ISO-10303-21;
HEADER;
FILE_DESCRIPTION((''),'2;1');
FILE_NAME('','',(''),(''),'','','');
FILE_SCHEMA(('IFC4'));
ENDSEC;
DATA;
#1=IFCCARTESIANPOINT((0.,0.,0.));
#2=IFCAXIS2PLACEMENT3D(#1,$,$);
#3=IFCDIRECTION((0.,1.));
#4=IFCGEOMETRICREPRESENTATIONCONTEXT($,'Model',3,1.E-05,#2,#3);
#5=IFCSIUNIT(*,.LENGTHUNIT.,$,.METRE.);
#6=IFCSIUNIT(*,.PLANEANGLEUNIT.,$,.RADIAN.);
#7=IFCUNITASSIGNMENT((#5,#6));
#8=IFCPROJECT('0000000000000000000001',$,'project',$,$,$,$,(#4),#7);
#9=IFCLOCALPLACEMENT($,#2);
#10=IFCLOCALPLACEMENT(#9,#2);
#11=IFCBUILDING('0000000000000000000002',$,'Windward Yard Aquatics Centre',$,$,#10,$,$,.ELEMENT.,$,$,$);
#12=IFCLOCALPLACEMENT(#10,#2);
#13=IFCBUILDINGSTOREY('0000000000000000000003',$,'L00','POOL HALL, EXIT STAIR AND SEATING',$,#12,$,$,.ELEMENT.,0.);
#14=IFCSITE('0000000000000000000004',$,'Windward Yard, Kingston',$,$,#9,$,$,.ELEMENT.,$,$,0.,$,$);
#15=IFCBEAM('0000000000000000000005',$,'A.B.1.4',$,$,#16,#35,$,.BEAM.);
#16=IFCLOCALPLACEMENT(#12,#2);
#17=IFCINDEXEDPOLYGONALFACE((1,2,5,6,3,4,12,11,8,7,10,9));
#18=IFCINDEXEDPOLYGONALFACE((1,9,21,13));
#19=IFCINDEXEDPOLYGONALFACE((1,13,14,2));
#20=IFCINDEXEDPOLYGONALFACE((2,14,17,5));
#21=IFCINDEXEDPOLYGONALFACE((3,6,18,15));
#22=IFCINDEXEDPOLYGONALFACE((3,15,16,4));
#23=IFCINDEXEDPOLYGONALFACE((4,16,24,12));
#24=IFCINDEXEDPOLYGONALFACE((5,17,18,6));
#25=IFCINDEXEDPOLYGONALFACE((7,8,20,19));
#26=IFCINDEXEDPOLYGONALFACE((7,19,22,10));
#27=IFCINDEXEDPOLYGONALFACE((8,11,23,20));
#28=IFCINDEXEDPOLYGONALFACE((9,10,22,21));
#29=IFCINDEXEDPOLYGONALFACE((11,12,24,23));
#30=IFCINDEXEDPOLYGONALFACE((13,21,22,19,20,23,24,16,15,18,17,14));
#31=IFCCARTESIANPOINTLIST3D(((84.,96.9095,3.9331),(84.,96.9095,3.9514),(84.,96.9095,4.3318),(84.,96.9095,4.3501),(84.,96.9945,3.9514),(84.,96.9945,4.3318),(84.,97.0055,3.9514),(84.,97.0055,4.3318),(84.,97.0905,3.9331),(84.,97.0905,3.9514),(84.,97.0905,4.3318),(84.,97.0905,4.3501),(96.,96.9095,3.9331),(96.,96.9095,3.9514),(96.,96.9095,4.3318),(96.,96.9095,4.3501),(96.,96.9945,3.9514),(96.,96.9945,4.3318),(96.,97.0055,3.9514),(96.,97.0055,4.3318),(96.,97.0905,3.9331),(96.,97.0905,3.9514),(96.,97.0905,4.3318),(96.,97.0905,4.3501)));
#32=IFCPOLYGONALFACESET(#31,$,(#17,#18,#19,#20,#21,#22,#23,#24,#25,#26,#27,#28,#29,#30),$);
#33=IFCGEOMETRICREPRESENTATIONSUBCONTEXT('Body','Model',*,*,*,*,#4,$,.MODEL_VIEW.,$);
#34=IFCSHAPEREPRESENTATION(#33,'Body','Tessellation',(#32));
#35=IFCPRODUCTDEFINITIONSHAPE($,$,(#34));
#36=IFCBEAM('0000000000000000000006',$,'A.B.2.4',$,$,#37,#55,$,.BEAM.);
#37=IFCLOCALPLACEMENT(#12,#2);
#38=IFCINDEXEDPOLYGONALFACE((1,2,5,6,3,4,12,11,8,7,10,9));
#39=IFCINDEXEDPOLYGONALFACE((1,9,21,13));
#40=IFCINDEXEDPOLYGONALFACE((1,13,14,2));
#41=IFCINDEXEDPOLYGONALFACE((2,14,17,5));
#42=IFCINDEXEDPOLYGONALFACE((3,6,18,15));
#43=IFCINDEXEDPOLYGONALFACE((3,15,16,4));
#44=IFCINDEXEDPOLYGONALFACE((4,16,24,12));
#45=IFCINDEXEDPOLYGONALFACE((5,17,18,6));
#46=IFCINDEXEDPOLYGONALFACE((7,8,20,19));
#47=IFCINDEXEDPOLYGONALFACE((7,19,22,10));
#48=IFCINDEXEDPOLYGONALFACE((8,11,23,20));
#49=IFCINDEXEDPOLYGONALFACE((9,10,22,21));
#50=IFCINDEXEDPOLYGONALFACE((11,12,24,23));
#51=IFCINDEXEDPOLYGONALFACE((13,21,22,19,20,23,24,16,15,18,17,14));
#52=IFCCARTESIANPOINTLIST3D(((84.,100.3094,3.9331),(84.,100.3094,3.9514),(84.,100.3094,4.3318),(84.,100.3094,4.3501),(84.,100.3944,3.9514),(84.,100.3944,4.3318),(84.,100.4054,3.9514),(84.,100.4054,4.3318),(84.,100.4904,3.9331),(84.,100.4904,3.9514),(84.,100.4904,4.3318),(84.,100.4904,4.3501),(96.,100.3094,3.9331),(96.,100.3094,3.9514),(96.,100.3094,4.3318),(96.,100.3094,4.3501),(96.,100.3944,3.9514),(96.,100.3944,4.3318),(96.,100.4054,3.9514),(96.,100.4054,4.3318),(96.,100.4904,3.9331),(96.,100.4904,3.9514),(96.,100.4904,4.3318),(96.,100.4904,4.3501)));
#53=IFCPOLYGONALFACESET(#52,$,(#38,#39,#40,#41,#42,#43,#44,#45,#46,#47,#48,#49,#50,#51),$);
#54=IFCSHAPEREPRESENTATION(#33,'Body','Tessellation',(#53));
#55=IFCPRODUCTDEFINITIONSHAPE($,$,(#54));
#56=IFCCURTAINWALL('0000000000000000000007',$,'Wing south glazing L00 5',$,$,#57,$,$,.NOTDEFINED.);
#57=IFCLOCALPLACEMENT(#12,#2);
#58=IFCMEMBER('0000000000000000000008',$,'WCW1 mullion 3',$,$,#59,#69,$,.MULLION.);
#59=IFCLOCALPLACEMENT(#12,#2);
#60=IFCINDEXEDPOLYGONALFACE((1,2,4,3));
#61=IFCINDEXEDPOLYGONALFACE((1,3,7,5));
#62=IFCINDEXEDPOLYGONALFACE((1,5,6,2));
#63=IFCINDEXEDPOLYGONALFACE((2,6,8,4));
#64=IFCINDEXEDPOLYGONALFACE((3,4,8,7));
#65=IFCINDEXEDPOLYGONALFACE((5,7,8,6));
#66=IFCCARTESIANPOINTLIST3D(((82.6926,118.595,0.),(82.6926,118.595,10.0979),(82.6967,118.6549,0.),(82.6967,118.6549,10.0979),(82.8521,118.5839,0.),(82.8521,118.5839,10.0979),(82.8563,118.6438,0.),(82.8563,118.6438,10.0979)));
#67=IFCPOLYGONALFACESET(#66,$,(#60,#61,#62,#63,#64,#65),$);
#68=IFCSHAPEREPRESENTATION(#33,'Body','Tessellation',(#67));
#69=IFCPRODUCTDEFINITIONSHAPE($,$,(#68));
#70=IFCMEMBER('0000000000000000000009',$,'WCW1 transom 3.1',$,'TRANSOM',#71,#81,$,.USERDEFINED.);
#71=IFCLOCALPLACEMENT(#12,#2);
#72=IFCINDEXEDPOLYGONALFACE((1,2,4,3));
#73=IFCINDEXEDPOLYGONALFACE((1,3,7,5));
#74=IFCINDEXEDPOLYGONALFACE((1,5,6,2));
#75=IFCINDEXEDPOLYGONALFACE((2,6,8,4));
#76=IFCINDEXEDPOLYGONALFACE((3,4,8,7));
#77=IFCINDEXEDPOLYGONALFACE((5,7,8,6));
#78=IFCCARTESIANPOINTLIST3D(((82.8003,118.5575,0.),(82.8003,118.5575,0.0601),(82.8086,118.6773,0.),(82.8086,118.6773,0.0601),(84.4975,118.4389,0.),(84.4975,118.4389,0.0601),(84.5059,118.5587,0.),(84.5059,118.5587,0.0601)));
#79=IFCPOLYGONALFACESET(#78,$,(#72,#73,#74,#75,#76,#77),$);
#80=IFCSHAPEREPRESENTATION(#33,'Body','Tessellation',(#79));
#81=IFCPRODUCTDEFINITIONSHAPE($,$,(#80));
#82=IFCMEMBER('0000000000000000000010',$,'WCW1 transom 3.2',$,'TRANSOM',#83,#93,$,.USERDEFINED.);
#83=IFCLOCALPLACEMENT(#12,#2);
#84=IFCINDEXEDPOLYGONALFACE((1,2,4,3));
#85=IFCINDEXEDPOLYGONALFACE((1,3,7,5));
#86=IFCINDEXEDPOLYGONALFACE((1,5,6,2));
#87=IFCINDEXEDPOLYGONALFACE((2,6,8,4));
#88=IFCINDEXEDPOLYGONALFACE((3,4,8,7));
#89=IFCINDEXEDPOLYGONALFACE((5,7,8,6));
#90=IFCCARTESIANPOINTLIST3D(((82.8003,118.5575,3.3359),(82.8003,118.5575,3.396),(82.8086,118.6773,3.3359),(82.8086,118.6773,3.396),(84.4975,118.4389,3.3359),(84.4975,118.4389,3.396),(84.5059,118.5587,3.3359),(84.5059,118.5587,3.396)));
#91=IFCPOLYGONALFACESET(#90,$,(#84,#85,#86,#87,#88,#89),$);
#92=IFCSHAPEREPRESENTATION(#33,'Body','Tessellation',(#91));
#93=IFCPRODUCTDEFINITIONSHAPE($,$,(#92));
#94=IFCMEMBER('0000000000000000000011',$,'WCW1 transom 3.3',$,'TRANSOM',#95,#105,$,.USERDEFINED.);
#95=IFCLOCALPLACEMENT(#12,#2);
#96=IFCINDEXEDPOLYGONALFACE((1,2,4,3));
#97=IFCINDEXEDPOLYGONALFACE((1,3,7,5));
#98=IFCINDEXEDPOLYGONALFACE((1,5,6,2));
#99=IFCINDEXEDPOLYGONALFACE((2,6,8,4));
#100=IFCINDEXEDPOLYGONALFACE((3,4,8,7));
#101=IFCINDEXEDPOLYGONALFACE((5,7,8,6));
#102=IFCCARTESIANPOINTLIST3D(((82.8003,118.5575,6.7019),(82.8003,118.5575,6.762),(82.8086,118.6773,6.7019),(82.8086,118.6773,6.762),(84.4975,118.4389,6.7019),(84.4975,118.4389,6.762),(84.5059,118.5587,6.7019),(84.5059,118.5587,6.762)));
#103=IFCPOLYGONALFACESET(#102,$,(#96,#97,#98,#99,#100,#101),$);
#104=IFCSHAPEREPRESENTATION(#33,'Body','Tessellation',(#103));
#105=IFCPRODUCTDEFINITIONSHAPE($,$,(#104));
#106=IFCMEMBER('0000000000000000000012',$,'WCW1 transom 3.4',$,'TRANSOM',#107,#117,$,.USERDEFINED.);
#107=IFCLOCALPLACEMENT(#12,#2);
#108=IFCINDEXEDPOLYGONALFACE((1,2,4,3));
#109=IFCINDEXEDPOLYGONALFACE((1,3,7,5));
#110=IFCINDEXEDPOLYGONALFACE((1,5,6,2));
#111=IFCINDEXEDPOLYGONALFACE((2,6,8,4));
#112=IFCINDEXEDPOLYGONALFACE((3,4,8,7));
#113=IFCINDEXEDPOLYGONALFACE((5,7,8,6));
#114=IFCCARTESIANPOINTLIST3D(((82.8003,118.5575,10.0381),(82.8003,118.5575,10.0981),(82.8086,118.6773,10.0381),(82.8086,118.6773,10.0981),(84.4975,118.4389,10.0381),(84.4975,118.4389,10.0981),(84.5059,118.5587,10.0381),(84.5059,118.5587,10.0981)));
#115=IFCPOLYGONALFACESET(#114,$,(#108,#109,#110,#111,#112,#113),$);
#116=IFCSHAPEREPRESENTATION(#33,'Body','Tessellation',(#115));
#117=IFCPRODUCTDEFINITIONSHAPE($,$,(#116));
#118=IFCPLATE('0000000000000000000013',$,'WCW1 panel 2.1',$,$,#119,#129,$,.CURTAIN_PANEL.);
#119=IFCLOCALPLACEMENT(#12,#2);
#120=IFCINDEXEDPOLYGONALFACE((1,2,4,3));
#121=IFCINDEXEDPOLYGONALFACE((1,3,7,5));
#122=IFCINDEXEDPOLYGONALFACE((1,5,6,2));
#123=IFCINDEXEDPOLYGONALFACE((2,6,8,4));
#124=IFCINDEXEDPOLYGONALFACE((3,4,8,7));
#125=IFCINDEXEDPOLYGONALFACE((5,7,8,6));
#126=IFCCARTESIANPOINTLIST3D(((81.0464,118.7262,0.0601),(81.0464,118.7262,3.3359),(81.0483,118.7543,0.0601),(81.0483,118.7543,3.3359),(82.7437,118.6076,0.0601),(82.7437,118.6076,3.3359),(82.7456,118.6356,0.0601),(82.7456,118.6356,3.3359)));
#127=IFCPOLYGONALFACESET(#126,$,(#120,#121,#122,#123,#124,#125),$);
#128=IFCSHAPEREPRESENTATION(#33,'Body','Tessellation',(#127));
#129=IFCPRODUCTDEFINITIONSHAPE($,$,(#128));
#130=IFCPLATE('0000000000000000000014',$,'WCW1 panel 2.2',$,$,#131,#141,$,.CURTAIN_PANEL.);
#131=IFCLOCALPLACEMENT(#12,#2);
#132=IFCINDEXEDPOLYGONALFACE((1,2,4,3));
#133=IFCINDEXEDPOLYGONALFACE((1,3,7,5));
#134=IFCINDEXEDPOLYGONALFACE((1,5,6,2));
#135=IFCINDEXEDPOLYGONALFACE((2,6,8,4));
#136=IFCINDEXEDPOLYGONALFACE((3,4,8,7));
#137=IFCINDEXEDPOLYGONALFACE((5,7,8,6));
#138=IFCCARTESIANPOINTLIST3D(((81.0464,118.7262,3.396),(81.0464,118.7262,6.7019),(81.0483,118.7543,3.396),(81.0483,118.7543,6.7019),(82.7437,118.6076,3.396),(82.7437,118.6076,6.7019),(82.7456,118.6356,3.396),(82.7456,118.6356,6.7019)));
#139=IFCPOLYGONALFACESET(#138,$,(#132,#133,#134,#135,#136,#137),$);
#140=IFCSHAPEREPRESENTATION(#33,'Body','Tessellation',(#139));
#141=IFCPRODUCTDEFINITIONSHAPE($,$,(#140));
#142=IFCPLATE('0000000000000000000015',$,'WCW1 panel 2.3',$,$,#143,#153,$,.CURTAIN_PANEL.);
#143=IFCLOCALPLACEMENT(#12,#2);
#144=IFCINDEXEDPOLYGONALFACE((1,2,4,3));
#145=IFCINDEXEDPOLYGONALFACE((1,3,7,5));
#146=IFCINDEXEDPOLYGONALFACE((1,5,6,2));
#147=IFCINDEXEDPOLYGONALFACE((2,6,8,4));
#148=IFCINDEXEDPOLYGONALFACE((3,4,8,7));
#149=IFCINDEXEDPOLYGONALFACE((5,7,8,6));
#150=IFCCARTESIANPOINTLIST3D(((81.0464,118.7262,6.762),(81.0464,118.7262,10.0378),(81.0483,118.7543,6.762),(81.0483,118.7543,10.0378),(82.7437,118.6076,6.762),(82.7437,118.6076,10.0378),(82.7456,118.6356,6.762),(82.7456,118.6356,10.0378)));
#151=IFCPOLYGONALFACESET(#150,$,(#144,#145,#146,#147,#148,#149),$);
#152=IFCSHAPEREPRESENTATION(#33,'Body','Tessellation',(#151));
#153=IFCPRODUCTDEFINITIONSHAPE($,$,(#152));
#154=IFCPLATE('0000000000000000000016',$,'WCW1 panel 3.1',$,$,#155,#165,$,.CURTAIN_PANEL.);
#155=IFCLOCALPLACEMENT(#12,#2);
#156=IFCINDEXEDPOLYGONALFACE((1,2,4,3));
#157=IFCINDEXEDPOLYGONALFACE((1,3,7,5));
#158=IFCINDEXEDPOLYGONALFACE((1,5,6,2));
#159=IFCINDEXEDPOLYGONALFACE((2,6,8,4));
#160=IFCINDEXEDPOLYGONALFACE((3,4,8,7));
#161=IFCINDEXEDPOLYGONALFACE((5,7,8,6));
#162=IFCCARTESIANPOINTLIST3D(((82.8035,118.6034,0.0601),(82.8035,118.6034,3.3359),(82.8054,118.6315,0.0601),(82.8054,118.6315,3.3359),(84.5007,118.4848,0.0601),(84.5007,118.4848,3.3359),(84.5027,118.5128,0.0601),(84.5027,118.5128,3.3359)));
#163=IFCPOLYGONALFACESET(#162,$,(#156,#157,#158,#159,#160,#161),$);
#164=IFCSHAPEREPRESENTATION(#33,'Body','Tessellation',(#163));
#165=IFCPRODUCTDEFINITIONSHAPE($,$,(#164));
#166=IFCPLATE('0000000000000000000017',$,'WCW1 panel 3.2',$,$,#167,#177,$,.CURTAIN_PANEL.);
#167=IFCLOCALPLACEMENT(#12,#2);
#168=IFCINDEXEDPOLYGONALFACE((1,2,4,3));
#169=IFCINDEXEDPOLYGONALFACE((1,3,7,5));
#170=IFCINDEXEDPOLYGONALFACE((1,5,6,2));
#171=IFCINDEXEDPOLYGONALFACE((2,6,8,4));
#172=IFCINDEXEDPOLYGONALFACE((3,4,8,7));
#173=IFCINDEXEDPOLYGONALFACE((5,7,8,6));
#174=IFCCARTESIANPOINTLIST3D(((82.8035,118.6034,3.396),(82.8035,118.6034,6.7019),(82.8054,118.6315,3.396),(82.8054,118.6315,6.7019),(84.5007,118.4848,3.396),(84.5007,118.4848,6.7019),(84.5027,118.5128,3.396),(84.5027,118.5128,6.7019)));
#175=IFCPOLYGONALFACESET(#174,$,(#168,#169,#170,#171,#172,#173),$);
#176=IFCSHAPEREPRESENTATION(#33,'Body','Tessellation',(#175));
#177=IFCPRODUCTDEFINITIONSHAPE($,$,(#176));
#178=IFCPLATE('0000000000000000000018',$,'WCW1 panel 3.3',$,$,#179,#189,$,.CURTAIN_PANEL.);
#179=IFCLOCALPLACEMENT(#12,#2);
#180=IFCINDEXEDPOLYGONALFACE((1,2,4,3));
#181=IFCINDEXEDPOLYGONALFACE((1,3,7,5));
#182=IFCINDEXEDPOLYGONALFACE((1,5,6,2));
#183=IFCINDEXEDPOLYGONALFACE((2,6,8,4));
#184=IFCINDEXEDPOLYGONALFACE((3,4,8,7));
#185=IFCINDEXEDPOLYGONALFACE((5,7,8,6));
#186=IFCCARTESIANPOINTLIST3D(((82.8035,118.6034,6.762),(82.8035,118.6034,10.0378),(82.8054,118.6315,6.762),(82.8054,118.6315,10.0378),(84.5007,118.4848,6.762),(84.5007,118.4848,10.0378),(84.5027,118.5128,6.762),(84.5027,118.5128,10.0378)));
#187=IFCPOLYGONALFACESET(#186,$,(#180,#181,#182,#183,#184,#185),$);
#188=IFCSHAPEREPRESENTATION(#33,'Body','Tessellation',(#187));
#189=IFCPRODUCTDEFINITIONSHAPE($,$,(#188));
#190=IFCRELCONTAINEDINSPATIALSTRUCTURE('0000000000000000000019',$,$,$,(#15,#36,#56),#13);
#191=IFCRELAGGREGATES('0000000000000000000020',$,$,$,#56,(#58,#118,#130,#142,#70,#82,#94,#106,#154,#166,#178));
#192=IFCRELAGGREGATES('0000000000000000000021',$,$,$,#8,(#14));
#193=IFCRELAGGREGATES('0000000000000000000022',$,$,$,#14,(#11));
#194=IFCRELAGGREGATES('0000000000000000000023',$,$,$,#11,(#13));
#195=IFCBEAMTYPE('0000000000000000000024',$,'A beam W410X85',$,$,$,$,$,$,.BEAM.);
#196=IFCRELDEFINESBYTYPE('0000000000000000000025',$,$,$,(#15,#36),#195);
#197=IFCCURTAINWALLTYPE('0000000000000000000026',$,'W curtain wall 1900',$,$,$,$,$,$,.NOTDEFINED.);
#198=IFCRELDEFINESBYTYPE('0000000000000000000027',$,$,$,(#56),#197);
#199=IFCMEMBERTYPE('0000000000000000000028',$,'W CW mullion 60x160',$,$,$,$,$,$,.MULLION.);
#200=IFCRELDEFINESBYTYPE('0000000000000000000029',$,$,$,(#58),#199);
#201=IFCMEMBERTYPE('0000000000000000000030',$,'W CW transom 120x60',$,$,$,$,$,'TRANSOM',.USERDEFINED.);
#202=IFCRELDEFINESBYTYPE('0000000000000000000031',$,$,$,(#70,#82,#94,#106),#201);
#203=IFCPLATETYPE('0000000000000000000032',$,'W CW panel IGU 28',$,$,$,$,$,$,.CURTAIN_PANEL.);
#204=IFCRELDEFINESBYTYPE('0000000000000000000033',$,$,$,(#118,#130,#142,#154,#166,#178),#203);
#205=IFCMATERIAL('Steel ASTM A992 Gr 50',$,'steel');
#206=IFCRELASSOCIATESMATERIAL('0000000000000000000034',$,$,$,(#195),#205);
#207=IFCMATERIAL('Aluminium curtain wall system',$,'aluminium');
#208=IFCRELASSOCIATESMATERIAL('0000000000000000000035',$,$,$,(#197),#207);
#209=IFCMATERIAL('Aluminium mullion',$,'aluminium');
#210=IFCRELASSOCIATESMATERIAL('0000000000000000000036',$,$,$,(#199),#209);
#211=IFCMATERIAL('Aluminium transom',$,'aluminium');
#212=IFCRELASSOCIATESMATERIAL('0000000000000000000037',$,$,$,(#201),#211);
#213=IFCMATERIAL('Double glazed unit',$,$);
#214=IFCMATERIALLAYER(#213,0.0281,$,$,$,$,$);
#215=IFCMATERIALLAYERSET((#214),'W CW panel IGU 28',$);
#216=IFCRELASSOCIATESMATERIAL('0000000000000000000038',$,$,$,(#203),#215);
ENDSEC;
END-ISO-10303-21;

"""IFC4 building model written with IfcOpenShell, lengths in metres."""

from ifc_helpers import new_model, si_unit, direction, frame, origin, origin_2d, place, context, subcontext, project, spatial, rectangle, i_section, extrude, material, layer, layer_set, material_profile, profile_set, type_object, element, aggregate, save


model = new_model("IFC4")

# Units and contexts
model_context = context("Model", 3, precision=1e-05, world=origin(), true_north=direction((0.0, 1.0)))
body_context = subcontext(model_context, "Body", "Model", "MODEL_VIEW")
ifc_project = project(units=[si_unit("LENGTHUNIT", "METRE"), si_unit("PLANEANGLEUNIT", "RADIAN")], contexts=[model_context])

# Site, building, storey
site_placement = place(None, origin())
site = spatial("IfcSite", under=ifc_project, at=site_placement, Name="Windward Yard, Kingston", CompositionType="ELEMENT", RefElevation=0.0)
building_placement = place(site_placement, origin())
building = spatial("IfcBuilding", under=site, at=building_placement, Name="Windward Yard Aquatics Centre", CompositionType="ELEMENT")
storey_placement = place(building_placement, origin())
storey = spatial("IfcBuildingStorey", under=building, at=storey_placement, Name="L00", Description="POOL HALL, EXIT STAIR AND SEATING", CompositionType="ELEMENT", Elevation=0.0)

# Beams
ifc_material_1 = material(Name="Steel ASTM A992 Gr 50", Category="steel")
ifc_material_profile_1 = material_profile(ifc_material_1, i_section(OverallWidth=0.1809, OverallDepth=0.417, WebThickness=0.011, FlangeThickness=0.0183, at=origin_2d()), Name="W410X85")
ifc_profile_set_1 = profile_set([ifc_material_profile_1], Name="Steel ASTM A992 Gr 50")
beam_type = type_object("IfcBeamType", Name="A beam W410X85", PredefinedType="BEAM", material=ifc_profile_set_1)
for number, where, z_axis, x_axis, name in (
    (1, (84.0, 97.0, 4.1416), (1.0, 0.0, 0.0), (0.0, 1.0, 0.0), "A.B.1.4"),
    (2, (84.0, 100.3999, 4.1416), (1.0, 0.0, 0.0), (0.0, 1.0, 0.0), "A.B.2.4"),
):
    element("IfcBeam", number, at=place(storey_placement, frame(where, z_axis=z_axis, x_axis=x_axis)), inside=storey, type_object=beam_type, Name=name, PredefinedType="BEAM", context=body_context, shape_type="SweptSolid", body=[
        extrude(i_section(OverallWidth=0.1809, OverallDepth=0.417, WebThickness=0.011, FlangeThickness=0.0183, at=origin_2d()), origin(), (0.0, 0.0, 1.0), 12.0),
    ])

# Curtain wall, members, plates
ifc_material_2 = material(Name="Aluminium curtain wall system", Category="aluminium")
curtain_wall_type = type_object("IfcCurtainWallType", Name="W curtain wall 1900", PredefinedType="NOTDEFINED", material=ifc_material_2)
curtain_wall_placement = place(storey_placement, origin())
curtain_wall = element("IfcCurtainWall", 3, at=curtain_wall_placement, inside=storey, type_object=curtain_wall_type, Name="Wing south glazing L00 5", PredefinedType="NOTDEFINED")
ifc_material_3 = material(Name="Aluminium mullion", Category="aluminium")
ifc_material_profile_2 = material_profile(ifc_material_3, rectangle(XDim=0.0601, YDim=0.1599, at=origin_2d()), Name="AL 60x160")
ifc_profile_set_2 = profile_set([ifc_material_profile_2], Name="Aluminium mullion")
member_type_1 = type_object("IfcMemberType", Name="W CW mullion 60x160", PredefinedType="MULLION", material=ifc_profile_set_2)
member_1_placement = place(storey_placement, frame((82.7744, 118.6194, 0.0), z_axis=(0.0, 0.0, 1.0), x_axis=(0.069756, 0.997564, 0.0)))
member_1 = element("IfcMember", 4, at=member_1_placement, type_object=member_type_1, Name="WCW1 mullion 3", PredefinedType="MULLION", context=body_context, shape_type="SweptSolid", body=[
    extrude(rectangle(XDim=0.0601, YDim=0.1599, at=origin_2d()), origin(), (0.0, 0.0, 1.0), 10.0979),
])
ifc_material_4 = material(Name="Aluminium transom", Category="aluminium")
ifc_material_profile_3 = material_profile(ifc_material_4, rectangle(XDim=0.1201, YDim=0.0601, at=origin_2d()), Name="AL 120x60")
ifc_profile_set_3 = profile_set([ifc_material_profile_3], Name="Aluminium transom")
member_type_2 = type_object("IfcMemberType", Name="W CW transom 120x60", ElementType="TRANSOM", PredefinedType="USERDEFINED", material=ifc_profile_set_3)
member_2_placement = place(storey_placement, frame((82.8044, 118.6174, 0.03), z_axis=(0.997565, -0.069738, 0.0), x_axis=(0.069738, 0.997565, 0.0)))
member_2 = element("IfcMember", 5, at=member_2_placement, type_object=member_type_2, Name="WCW1 transom 3.1", ObjectType="TRANSOM", PredefinedType="USERDEFINED", context=body_context, shape_type="SweptSolid", body=[
    extrude(rectangle(XDim=0.1201, YDim=0.0601, at=origin_2d()), origin(), (0.0, 0.0, 1.0), 1.7014),
])
member_3_placement = place(storey_placement, frame((82.8044, 118.6174, 3.366), z_axis=(0.997565, -0.069738, 0.0), x_axis=(0.069738, 0.997565, 0.0)))
member_3 = element("IfcMember", 6, at=member_3_placement, type_object=member_type_2, Name="WCW1 transom 3.2", ObjectType="TRANSOM", PredefinedType="USERDEFINED", context=body_context, shape_type="SweptSolid", body=[
    extrude(rectangle(XDim=0.1201, YDim=0.0601, at=origin_2d()), origin(), (0.0, 0.0, 1.0), 1.7014),
])
member_4_placement = place(storey_placement, frame((82.8044, 118.6174, 6.7319), z_axis=(0.997565, -0.069738, 0.0), x_axis=(0.069738, 0.997565, 0.0)))
member_4 = element("IfcMember", 7, at=member_4_placement, type_object=member_type_2, Name="WCW1 transom 3.3", ObjectType="TRANSOM", PredefinedType="USERDEFINED", context=body_context, shape_type="SweptSolid", body=[
    extrude(rectangle(XDim=0.1201, YDim=0.0601, at=origin_2d()), origin(), (0.0, 0.0, 1.0), 1.7014),
])
member_5_placement = place(storey_placement, frame((82.8044, 118.6174, 10.0681), z_axis=(0.997565, -0.069738, 0.0), x_axis=(0.069738, 0.997565, 0.0)))
member_5 = element("IfcMember", 8, at=member_5_placement, type_object=member_type_2, Name="WCW1 transom 3.4", ObjectType="TRANSOM", PredefinedType="USERDEFINED", context=body_context, shape_type="SweptSolid", body=[
    extrude(rectangle(XDim=0.1201, YDim=0.0601, at=origin_2d()), origin(), (0.0, 0.0, 1.0), 1.7014),
])
ifc_material_5 = material(Name="Double glazed unit")
ifc_layer_1 = layer(ifc_material_5, 0.0281)
ifc_layer_set_1 = layer_set([ifc_layer_1], Name="W CW panel IGU 28")
plate_type = type_object("IfcPlateType", Name="W CW panel IGU 28", PredefinedType="CURTAIN_PANEL", material=ifc_layer_set_1)
plate_1_placement = place(storey_placement, frame((81.896, 118.6809, 0.0601), z_axis=(0.0, 0.0, 1.0), x_axis=(0.997564, -0.069756, 0.0)))
plate_1 = element("IfcPlate", 9, at=plate_1_placement, type_object=plate_type, Name="WCW1 panel 2.1", PredefinedType="CURTAIN_PANEL", context=body_context, shape_type="SweptSolid", body=[
    extrude(rectangle(XDim=1.7014, YDim=0.0281, at=origin_2d()), origin(), (0.0, 0.0, 1.0), 3.2759),
])
plate_2_placement = place(storey_placement, frame((81.896, 118.6809, 3.396), z_axis=(0.0, 0.0, 1.0), x_axis=(0.997564, -0.069756, 0.0)))
plate_2 = element("IfcPlate", 10, at=plate_2_placement, type_object=plate_type, Name="WCW1 panel 2.2", PredefinedType="CURTAIN_PANEL", context=body_context, shape_type="SweptSolid", body=[
    extrude(rectangle(XDim=1.7014, YDim=0.0281, at=origin_2d()), origin(), (0.0, 0.0, 1.0), 3.3059),
])
plate_3_placement = place(storey_placement, frame((81.896, 118.6809, 6.762), z_axis=(0.0, 0.0, 1.0), x_axis=(0.997564, -0.069756, 0.0)))
plate_3 = element("IfcPlate", 11, at=plate_3_placement, type_object=plate_type, Name="WCW1 panel 2.3", PredefinedType="CURTAIN_PANEL", context=body_context, shape_type="SweptSolid", body=[
    extrude(rectangle(XDim=1.7014, YDim=0.0281, at=origin_2d()), origin(), (0.0, 0.0, 1.0), 3.2759),
])
plate_4_placement = place(storey_placement, frame((83.6531, 118.5581, 0.0601), z_axis=(0.0, 0.0, 1.0), x_axis=(0.997564, -0.069756, 0.0)))
plate_4 = element("IfcPlate", 12, at=plate_4_placement, type_object=plate_type, Name="WCW1 panel 3.1", PredefinedType="CURTAIN_PANEL", context=body_context, shape_type="SweptSolid", body=[
    extrude(rectangle(XDim=1.7014, YDim=0.0281, at=origin_2d()), origin(), (0.0, 0.0, 1.0), 3.2759),
])
plate_5_placement = place(storey_placement, frame((83.6531, 118.5581, 3.396), z_axis=(0.0, 0.0, 1.0), x_axis=(0.997564, -0.069756, 0.0)))
plate_5 = element("IfcPlate", 13, at=plate_5_placement, type_object=plate_type, Name="WCW1 panel 3.2", PredefinedType="CURTAIN_PANEL", context=body_context, shape_type="SweptSolid", body=[
    extrude(rectangle(XDim=1.7014, YDim=0.0281, at=origin_2d()), origin(), (0.0, 0.0, 1.0), 3.3059),
])
plate_6_placement = place(storey_placement, frame((83.6531, 118.5581, 6.762), z_axis=(0.0, 0.0, 1.0), x_axis=(0.997564, -0.069756, 0.0)))
plate_6 = element("IfcPlate", 14, at=plate_6_placement, type_object=plate_type, Name="WCW1 panel 3.3", PredefinedType="CURTAIN_PANEL", context=body_context, shape_type="SweptSolid", body=[
    extrude(rectangle(XDim=1.7014, YDim=0.0281, at=origin_2d()), origin(), (0.0, 0.0, 1.0), 3.2759),
])
aggregate(curtain_wall, [member_1, plate_1, plate_2, plate_3, member_2, member_3, member_4, member_5, plate_4, plate_5, plate_6])

save(model, "model.ifc")
